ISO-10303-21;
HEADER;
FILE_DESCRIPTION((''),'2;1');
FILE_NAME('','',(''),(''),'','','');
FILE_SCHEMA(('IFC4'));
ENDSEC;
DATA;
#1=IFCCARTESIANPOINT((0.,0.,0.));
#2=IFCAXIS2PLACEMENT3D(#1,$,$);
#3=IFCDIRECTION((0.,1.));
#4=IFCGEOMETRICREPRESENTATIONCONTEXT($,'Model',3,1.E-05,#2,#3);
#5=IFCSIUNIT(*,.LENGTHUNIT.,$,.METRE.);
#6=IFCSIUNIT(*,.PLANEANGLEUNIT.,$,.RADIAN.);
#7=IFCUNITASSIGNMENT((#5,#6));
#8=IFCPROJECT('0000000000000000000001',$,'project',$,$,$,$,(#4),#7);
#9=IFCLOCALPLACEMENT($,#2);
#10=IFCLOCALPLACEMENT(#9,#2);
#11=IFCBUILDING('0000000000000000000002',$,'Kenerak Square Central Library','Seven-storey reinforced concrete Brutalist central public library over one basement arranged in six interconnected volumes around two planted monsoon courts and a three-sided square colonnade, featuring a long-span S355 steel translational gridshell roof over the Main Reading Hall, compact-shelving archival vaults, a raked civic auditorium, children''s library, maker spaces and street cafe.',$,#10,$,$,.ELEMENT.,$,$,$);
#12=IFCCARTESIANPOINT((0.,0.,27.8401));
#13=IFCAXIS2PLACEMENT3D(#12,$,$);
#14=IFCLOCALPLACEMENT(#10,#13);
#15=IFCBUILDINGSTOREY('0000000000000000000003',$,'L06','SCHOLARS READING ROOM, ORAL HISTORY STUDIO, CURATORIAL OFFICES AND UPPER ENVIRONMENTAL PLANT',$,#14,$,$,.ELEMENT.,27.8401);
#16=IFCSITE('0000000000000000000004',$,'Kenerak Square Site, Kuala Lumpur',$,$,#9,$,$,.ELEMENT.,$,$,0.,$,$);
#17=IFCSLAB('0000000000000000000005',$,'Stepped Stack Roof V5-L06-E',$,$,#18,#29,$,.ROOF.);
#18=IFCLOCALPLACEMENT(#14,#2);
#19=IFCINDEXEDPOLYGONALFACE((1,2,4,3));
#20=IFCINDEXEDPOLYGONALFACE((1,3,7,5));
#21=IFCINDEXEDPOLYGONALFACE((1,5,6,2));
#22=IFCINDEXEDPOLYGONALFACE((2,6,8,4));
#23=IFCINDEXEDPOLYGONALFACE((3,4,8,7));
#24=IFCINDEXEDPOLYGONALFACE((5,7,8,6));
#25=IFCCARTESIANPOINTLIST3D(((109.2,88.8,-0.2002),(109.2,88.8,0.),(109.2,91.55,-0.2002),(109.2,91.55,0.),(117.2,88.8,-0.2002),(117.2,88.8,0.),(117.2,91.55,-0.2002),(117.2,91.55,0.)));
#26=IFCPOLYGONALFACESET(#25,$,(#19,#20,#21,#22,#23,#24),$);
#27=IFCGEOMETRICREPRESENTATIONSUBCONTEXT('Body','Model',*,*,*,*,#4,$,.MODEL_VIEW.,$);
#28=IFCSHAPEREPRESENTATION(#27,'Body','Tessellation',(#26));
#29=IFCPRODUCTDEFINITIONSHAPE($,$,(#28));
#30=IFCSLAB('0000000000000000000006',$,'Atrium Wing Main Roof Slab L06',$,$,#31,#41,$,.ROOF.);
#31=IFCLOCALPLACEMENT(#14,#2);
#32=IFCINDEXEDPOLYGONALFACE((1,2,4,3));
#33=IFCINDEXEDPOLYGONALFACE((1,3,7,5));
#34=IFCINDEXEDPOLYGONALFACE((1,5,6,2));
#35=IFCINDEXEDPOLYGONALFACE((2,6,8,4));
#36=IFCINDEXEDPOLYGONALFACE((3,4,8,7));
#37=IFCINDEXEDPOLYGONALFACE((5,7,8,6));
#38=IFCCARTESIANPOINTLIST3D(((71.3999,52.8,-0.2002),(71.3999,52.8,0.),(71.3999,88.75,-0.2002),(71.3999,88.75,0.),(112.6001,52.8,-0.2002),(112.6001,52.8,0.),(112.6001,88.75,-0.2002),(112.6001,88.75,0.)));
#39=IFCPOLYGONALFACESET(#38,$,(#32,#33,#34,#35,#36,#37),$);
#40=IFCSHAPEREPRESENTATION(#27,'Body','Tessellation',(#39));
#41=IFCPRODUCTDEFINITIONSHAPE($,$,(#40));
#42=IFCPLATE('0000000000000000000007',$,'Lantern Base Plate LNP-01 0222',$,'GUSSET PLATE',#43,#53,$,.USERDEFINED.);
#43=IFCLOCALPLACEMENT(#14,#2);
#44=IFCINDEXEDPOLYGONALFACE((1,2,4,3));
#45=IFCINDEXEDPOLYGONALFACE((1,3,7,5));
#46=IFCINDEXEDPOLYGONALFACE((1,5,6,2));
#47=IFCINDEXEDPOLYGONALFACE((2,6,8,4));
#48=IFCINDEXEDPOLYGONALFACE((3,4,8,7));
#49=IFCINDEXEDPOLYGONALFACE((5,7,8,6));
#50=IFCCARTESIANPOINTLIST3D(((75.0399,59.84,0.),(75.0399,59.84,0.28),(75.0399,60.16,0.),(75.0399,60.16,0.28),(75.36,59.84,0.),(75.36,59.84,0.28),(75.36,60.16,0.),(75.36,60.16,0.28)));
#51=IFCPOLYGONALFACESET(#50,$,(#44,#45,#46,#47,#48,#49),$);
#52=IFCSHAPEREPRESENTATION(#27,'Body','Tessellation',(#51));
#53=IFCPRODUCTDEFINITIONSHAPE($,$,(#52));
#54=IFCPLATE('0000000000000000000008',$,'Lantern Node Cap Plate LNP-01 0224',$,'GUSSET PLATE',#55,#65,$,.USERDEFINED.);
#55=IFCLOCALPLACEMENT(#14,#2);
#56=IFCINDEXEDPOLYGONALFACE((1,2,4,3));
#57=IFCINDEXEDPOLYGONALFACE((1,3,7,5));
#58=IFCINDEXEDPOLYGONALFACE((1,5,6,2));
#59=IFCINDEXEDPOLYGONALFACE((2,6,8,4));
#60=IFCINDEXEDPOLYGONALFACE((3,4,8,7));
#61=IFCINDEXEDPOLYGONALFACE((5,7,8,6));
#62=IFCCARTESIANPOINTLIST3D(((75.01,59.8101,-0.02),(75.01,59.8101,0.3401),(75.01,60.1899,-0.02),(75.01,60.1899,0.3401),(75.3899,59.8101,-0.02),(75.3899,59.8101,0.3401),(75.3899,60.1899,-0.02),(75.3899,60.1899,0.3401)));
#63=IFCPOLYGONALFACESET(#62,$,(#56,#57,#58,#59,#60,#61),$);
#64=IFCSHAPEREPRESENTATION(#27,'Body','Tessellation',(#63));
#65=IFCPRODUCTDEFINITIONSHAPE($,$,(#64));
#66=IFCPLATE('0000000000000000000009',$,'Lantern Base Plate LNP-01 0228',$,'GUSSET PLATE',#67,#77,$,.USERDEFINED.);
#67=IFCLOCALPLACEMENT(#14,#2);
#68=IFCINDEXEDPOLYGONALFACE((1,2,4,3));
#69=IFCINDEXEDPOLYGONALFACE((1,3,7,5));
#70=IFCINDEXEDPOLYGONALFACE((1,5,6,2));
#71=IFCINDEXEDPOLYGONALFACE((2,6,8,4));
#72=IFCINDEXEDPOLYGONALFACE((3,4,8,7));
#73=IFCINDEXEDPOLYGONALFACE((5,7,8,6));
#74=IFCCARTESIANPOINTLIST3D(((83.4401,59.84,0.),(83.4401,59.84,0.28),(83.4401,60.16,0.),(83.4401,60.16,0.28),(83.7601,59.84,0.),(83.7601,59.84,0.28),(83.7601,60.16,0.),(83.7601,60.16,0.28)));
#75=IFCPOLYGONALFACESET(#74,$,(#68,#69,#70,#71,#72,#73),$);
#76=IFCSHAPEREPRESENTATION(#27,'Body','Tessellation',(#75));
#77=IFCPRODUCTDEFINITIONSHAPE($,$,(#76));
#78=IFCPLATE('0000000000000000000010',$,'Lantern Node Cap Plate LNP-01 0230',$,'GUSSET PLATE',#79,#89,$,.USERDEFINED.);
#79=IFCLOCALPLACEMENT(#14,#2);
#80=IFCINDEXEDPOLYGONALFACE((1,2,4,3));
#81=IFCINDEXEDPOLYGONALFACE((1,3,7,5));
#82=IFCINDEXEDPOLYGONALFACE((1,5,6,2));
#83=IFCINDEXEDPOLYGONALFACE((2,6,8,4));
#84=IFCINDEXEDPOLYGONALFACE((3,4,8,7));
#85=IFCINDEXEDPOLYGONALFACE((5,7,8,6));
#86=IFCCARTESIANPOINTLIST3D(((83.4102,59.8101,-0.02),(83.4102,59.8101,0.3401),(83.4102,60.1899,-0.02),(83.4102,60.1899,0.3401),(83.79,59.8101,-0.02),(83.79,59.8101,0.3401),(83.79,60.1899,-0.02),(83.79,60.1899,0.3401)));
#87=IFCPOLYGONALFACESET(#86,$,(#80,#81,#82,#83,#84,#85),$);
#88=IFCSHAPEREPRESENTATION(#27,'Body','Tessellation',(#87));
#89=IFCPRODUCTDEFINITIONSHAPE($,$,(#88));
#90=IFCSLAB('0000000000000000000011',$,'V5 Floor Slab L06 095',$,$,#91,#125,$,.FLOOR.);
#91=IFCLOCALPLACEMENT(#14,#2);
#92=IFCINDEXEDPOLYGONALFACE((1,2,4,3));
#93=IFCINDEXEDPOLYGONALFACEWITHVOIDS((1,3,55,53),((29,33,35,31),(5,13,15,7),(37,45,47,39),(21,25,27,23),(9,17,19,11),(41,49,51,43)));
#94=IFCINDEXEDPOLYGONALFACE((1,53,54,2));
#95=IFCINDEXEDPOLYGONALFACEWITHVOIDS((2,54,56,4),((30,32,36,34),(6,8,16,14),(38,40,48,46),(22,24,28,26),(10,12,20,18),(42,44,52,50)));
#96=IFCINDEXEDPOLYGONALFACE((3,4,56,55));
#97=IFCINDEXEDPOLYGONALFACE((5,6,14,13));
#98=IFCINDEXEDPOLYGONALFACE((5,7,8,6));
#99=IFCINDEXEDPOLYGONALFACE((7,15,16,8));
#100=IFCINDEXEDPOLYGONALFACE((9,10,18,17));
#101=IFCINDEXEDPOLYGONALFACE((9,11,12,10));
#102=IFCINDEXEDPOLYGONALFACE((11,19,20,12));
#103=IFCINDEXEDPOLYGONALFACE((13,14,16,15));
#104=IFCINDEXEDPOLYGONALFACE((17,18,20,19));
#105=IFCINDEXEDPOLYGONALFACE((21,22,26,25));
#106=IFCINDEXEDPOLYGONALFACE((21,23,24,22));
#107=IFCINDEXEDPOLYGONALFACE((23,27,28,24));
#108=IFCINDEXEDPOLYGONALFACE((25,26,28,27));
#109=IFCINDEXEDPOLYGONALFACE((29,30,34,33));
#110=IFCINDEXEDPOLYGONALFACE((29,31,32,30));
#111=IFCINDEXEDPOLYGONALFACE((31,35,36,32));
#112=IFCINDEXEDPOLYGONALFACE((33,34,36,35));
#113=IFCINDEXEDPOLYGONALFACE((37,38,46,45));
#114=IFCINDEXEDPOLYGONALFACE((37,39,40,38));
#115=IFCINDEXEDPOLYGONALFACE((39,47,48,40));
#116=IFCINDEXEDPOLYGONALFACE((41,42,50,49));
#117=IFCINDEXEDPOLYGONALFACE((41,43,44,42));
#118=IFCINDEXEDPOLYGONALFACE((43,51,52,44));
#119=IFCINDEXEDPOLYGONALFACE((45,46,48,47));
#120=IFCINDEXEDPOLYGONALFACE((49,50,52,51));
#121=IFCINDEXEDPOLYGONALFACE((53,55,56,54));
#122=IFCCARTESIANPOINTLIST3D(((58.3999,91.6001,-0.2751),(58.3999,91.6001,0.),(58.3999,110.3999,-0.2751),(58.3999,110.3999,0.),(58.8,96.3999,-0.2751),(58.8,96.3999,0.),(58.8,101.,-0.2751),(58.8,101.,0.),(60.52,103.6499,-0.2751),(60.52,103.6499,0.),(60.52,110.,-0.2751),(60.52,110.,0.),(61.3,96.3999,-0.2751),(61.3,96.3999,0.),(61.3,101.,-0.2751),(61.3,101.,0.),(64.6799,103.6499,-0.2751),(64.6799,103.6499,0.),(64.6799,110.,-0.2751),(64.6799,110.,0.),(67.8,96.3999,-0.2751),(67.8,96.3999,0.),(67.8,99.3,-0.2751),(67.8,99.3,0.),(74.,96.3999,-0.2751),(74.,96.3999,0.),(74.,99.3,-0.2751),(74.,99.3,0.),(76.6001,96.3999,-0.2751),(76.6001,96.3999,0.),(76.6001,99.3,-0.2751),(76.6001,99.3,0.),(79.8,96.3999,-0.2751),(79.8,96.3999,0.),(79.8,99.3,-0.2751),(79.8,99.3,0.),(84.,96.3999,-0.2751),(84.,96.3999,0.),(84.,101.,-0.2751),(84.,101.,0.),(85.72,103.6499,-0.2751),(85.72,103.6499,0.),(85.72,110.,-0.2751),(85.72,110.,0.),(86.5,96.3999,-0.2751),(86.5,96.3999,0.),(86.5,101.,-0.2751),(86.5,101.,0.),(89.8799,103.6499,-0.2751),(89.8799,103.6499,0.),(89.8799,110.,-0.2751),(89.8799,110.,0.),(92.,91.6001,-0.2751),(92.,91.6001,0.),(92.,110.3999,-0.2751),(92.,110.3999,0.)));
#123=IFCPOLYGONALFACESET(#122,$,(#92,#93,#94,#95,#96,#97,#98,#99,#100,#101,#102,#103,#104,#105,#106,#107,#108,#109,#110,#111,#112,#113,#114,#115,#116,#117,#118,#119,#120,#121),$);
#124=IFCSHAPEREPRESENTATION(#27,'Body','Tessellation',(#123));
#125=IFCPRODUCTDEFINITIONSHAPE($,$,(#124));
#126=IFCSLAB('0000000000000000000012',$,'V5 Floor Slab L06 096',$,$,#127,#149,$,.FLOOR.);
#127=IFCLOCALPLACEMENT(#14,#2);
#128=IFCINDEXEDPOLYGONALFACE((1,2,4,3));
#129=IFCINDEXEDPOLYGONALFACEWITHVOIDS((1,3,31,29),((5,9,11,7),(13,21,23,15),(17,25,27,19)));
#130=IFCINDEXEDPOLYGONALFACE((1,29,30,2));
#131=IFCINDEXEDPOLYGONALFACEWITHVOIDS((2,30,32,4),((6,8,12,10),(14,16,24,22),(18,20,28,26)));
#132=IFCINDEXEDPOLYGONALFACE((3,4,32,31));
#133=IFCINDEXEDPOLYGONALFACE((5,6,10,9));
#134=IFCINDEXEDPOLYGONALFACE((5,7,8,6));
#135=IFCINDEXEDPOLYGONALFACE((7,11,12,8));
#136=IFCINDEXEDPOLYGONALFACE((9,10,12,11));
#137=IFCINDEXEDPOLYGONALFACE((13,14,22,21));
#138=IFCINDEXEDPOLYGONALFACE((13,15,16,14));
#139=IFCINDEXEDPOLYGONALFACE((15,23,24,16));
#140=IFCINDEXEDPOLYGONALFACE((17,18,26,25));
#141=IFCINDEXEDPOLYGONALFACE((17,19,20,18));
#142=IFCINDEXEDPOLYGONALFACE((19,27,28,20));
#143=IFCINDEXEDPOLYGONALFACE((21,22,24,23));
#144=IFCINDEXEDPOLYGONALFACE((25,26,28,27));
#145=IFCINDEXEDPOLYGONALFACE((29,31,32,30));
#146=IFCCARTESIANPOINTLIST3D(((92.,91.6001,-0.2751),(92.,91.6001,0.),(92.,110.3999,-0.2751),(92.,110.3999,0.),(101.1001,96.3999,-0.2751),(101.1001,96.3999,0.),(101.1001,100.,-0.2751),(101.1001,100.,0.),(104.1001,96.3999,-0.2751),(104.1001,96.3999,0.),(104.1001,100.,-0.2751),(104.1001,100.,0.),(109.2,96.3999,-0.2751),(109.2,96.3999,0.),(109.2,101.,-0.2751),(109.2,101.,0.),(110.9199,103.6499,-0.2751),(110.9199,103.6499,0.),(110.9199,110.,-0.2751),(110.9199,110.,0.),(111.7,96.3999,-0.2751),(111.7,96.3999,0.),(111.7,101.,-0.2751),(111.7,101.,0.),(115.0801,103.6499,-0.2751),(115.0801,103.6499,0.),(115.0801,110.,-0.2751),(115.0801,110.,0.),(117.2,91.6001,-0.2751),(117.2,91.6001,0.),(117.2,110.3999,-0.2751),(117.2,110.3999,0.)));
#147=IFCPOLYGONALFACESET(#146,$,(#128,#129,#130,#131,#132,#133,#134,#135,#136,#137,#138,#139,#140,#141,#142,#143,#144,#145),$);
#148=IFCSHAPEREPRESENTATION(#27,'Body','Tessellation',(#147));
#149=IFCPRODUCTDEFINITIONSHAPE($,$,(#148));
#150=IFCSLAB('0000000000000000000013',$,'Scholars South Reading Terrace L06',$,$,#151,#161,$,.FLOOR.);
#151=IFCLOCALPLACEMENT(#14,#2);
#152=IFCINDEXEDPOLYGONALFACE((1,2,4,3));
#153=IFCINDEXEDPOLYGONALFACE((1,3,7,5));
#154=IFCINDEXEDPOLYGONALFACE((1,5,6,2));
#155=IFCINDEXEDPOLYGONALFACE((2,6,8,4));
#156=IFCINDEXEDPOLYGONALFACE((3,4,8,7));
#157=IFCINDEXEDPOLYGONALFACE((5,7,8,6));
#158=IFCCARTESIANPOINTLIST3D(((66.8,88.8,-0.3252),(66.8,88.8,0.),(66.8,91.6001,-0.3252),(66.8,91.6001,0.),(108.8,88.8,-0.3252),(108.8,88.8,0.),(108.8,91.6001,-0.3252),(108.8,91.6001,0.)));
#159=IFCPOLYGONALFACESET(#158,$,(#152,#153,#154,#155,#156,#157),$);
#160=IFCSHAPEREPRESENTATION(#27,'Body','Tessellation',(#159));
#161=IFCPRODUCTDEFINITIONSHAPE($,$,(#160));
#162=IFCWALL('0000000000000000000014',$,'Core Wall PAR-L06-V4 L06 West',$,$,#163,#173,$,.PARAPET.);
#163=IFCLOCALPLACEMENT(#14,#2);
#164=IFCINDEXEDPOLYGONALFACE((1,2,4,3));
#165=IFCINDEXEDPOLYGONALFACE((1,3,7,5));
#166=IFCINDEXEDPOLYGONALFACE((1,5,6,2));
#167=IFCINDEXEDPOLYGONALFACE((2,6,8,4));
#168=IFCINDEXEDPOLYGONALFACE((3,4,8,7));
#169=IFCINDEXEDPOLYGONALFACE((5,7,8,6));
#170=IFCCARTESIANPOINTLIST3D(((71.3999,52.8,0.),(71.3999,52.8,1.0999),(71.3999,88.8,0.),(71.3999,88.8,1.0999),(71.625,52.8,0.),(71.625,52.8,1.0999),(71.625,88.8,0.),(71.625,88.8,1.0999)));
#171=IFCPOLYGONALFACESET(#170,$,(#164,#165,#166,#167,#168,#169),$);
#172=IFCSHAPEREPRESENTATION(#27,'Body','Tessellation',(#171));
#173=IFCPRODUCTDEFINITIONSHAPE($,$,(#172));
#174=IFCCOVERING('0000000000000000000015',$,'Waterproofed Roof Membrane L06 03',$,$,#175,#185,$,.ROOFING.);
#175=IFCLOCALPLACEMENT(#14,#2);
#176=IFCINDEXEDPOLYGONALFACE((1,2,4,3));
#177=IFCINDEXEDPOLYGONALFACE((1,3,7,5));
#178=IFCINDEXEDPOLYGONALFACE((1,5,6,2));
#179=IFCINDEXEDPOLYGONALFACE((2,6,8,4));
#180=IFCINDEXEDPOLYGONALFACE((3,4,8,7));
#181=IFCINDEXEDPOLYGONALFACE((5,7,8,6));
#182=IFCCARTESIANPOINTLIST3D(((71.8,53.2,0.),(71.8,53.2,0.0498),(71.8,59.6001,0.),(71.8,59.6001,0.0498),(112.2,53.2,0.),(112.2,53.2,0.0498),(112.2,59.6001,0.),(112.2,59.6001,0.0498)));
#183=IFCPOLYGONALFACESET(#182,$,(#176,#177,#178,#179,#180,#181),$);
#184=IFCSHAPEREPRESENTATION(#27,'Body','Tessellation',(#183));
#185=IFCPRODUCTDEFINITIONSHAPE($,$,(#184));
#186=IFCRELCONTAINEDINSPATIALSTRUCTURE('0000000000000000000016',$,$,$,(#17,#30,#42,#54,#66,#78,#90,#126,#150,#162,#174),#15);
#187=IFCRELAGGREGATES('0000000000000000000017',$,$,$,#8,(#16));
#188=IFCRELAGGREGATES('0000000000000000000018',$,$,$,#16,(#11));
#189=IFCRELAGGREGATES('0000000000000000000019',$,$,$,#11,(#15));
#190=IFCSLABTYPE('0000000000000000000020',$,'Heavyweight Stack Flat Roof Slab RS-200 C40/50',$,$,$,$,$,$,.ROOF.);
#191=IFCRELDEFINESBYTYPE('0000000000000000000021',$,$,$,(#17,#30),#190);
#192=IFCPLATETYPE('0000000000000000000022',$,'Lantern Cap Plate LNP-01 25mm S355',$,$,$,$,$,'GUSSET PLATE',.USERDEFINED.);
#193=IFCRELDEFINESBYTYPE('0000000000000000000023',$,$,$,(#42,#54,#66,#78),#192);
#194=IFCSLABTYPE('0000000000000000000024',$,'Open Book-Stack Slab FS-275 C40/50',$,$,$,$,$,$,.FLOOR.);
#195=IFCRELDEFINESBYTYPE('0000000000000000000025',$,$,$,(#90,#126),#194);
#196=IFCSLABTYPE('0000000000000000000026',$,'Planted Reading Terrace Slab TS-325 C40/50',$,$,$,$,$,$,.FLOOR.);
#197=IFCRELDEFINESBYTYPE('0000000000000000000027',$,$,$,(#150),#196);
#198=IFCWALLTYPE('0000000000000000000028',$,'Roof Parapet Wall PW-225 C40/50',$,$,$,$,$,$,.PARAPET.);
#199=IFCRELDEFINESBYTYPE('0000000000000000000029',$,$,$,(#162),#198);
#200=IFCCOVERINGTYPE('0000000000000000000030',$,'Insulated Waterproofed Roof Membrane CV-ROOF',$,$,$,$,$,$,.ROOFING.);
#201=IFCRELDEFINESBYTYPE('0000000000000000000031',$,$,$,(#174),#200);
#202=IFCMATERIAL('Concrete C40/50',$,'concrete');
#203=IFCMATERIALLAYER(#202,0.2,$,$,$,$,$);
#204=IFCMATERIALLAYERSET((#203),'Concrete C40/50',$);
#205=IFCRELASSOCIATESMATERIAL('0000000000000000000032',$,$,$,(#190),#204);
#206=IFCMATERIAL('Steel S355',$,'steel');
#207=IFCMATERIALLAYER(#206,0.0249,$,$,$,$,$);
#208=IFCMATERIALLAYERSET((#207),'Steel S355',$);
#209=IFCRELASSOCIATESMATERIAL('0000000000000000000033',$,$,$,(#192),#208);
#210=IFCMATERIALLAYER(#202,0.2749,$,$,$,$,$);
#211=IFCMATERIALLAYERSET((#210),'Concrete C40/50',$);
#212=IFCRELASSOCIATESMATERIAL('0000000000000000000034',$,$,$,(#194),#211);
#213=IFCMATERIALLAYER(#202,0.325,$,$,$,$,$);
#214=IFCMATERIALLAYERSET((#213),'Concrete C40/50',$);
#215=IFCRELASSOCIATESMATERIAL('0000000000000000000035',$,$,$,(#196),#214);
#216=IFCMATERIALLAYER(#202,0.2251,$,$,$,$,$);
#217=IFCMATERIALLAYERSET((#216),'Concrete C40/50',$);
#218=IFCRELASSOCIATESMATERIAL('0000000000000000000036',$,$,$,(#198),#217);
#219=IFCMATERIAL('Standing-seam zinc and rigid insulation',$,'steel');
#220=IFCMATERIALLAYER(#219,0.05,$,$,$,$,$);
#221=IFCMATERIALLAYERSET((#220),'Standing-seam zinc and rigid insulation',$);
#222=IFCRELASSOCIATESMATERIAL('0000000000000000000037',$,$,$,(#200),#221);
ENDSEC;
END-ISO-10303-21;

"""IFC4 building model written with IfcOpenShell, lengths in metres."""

from ifc_helpers import new_model, si_unit, direction, frame, frame_2d, origin, origin_2d, place, context, subcontext, project, spatial, polyline, rectangle, outline, extrude, material, layer, layer_set, type_object, element, save


model = new_model("IFC4")

# Units and contexts
model_context = context("Model", 3, precision=1e-05, world=origin(), true_north=direction((0.0, 1.0)))
body_context = subcontext(model_context, "Body", "Model", "MODEL_VIEW")
ifc_project = project(units=[si_unit("LENGTHUNIT", "METRE"), si_unit("PLANEANGLEUNIT", "RADIAN")], contexts=[model_context])

# Site, building, storey
site_placement = place(None, origin())
site = spatial("IfcSite", under=ifc_project, at=site_placement, Name="Kenerak Square Site, Kuala Lumpur", CompositionType="ELEMENT", RefElevation=0.0)
building_placement = place(site_placement, origin())
building = spatial("IfcBuilding", under=site, at=building_placement, Name="Kenerak Square Central Library", Description="Seven-storey reinforced concrete Brutalist central public library over one basement arranged in six interconnected volumes around two planted monsoon courts and a three-sided square colonnade, featuring a long-span S355 steel translational gridshell roof over the Main Reading Hall, compact-shelving archival vaults, a raked civic auditorium, children's library, maker spaces and street cafe.", CompositionType="ELEMENT")
storey_placement = place(building_placement, frame((0.0, 0.0, 27.8401)))
storey = spatial("IfcBuildingStorey", under=building, at=storey_placement, Name="L06", Description="SCHOLARS READING ROOM, ORAL HISTORY STUDIO, CURATORIAL OFFICES AND UPPER ENVIRONMENTAL PLANT", CompositionType="ELEMENT", Elevation=27.8401)

# Shared definitions
ifc_material_1 = material(Name="Steel S355", Category="steel")

# Slabs
ifc_material_2 = material(Name="Concrete C40/50", Category="concrete")
ifc_layer_1 = layer(ifc_material_2, 0.2)
ifc_layer_set_1 = layer_set([ifc_layer_1], Name="Concrete C40/50")
slab_type_1 = type_object("IfcSlabType", Name="Heavyweight Stack Flat Roof Slab RS-200 C40/50", PredefinedType="ROOF", material=ifc_layer_set_1)
slab_1_placement = place(storey_placement, frame((0.0, 0.0, -0.2002)))
element("IfcSlab", 1, at=slab_1_placement, inside=storey, type_object=slab_type_1, Name="Stepped Stack Roof V5-L06-E", PredefinedType="ROOF", context=body_context, shape_type="SweptSolid", body=[
    extrude(outline(polyline([(109.2, 88.8), (117.2, 88.8), (117.2, 91.55), (109.2, 91.55), (109.2, 88.8)])), origin(), (0.0, 0.0, 1.0), 0.2002),
])
slab_2_placement = place(storey_placement, frame((0.0, 0.0, -0.2002)))
element("IfcSlab", 2, at=slab_2_placement, inside=storey, type_object=slab_type_1, Name="Atrium Wing Main Roof Slab L06", PredefinedType="ROOF", context=body_context, shape_type="SweptSolid", body=[
    extrude(outline(polyline([(71.3999, 52.8), (71.3999, 88.75), (112.6001, 88.75), (112.6001, 52.8), (71.3999, 52.8)])), origin(), (0.0, 0.0, 1.0), 0.2002),
])

# Plates
ifc_layer_2 = layer(ifc_material_1, 0.0249)
ifc_layer_set_2 = layer_set([ifc_layer_2], Name="Steel S355")
plate_type = type_object("IfcPlateType", Name="Lantern Cap Plate LNP-01 25mm S355", ElementType="GUSSET PLATE", PredefinedType="USERDEFINED", material=ifc_layer_set_2)
plate_1_placement = place(storey_placement, frame((75.2, 60.0, 0.0), z_axis=(0.0, 0.0, 1.0), x_axis=(1.0, 0.0, 0.0)))
element("IfcPlate", 3, at=plate_1_placement, inside=storey, type_object=plate_type, Name="Lantern Base Plate LNP-01 0222", ObjectType="GUSSET PLATE", PredefinedType="USERDEFINED", context=body_context, shape_type="SweptSolid", body=[
    extrude(rectangle(XDim=0.3201, YDim=0.3201, at=origin_2d()), origin(), (0.0, 0.0, 1.0), 0.28),
])
plate_2_placement = place(storey_placement, frame((75.2, 60.0, -0.02), z_axis=(0.0, 0.0, 1.0), x_axis=(1.0, 0.0, 0.0)))
element("IfcPlate", 4, at=plate_2_placement, inside=storey, type_object=plate_type, Name="Lantern Node Cap Plate LNP-01 0224", ObjectType="GUSSET PLATE", PredefinedType="USERDEFINED", context=body_context, shape_type="SweptSolid", body=[
    extrude(rectangle(XDim=0.3799, YDim=0.3799, at=origin_2d()), origin(), (0.0, 0.0, 1.0), 0.3601),
])
plate_3_placement = place(storey_placement, frame((83.6001, 60.0, 0.0), z_axis=(0.0, 0.0, 1.0), x_axis=(1.0, 0.0, 0.0)))
element("IfcPlate", 5, at=plate_3_placement, inside=storey, type_object=plate_type, Name="Lantern Base Plate LNP-01 0228", ObjectType="GUSSET PLATE", PredefinedType="USERDEFINED", context=body_context, shape_type="SweptSolid", body=[
    extrude(rectangle(XDim=0.3201, YDim=0.3201, at=origin_2d()), origin(), (0.0, 0.0, 1.0), 0.28),
])
plate_4_placement = place(storey_placement, frame((83.6001, 60.0, -0.02), z_axis=(0.0, 0.0, 1.0), x_axis=(1.0, 0.0, 0.0)))
element("IfcPlate", 6, at=plate_4_placement, inside=storey, type_object=plate_type, Name="Lantern Node Cap Plate LNP-01 0230", ObjectType="GUSSET PLATE", PredefinedType="USERDEFINED", context=body_context, shape_type="SweptSolid", body=[
    extrude(rectangle(XDim=0.3799, YDim=0.3799, at=origin_2d()), origin(), (0.0, 0.0, 1.0), 0.3601),
])

# Slabs
ifc_layer_3 = layer(ifc_material_2, 0.2749)
ifc_layer_set_3 = layer_set([ifc_layer_3], Name="Concrete C40/50")
slab_type_2 = type_object("IfcSlabType", Name="Open Book-Stack Slab FS-275 C40/50", PredefinedType="FLOOR", material=ifc_layer_set_3)
slab_3_placement = place(storey_placement, frame((0.0, 0.0, -0.2751)))
element("IfcSlab", 7, at=slab_3_placement, inside=storey, type_object=slab_type_2, Name="V5 Floor Slab L06 095", PredefinedType="FLOOR", context=body_context, shape_type="SweptSolid", body=[
    extrude(outline(polyline([(92.0, 91.6001), (92.0, 110.3999), (58.3999, 110.3999), (58.3999, 91.6001), (92.0, 91.6001)]), holes=[polyline([(64.6799, 103.6499), (64.6799, 110.0), (60.52, 110.0), (60.52, 103.6499), (64.6799, 103.6499)]), polyline([(89.8799, 103.6499), (89.8799, 110.0), (85.72, 110.0), (85.72, 103.6499), (89.8799, 103.6499)]), polyline([(67.8, 96.3999), (74.0, 96.3999), (74.0, 99.3), (67.8, 99.3), (67.8, 96.3999)]), polyline([(76.6001, 96.3999), (79.8, 96.3999), (79.8, 99.3), (76.6001, 99.3), (76.6001, 96.3999)]), polyline([(58.8, 96.3999), (61.3, 96.3999), (61.3, 101.0), (58.8, 101.0), (58.8, 96.3999)]), polyline([(84.0, 96.3999), (86.5, 96.3999), (86.5, 101.0), (84.0, 101.0), (84.0, 96.3999)])]), origin(), (0.0, 0.0, 1.0), 0.2751),
])
slab_4_placement = place(storey_placement, frame((0.0, 0.0, -0.2751)))
element("IfcSlab", 8, at=slab_4_placement, inside=storey, type_object=slab_type_2, Name="V5 Floor Slab L06 096", PredefinedType="FLOOR", context=body_context, shape_type="SweptSolid", body=[
    extrude(outline(polyline([(117.2, 91.6001), (117.2, 110.3999), (92.0, 110.3999), (92.0, 91.6001), (117.2, 91.6001)]), holes=[polyline([(115.0801, 103.6499), (115.0801, 110.0), (110.9199, 110.0), (110.9199, 103.6499), (115.0801, 103.6499)]), polyline([(109.2, 96.3999), (111.7, 96.3999), (111.7, 101.0), (109.2, 101.0), (109.2, 96.3999)]), polyline([(101.1001, 96.3999), (104.1001, 96.3999), (104.1001, 100.0), (101.1001, 100.0), (101.1001, 96.3999)])]), origin(), (0.0, 0.0, 1.0), 0.2751),
])
ifc_layer_4 = layer(ifc_material_2, 0.325)
ifc_layer_set_4 = layer_set([ifc_layer_4], Name="Concrete C40/50")
slab_type_3 = type_object("IfcSlabType", Name="Planted Reading Terrace Slab TS-325 C40/50", PredefinedType="FLOOR", material=ifc_layer_set_4)
slab_5_placement = place(storey_placement, frame((0.0, 0.0, -0.3252)))
element("IfcSlab", 9, at=slab_5_placement, inside=storey, type_object=slab_type_3, Name="Scholars South Reading Terrace L06", PredefinedType="FLOOR", context=body_context, shape_type="SweptSolid", body=[
    extrude(outline(polyline([(66.8, 88.8), (108.8, 88.8), (108.8, 91.6001), (66.8, 91.6001), (66.8, 88.8)])), origin(), (0.0, 0.0, 1.0), 0.3252),
])

# Wall
ifc_layer_5 = layer(ifc_material_2, 0.2251)
ifc_layer_set_5 = layer_set([ifc_layer_5], Name="Concrete C40/50")
wall_type = type_object("IfcWallType", Name="Roof Parapet Wall PW-225 C40/50", PredefinedType="PARAPET", material=ifc_layer_set_5)
wall_placement = place(storey_placement, frame((71.5125, 52.8, 0.0), z_axis=(0.0, 0.0, 1.0), x_axis=(0.0, 1.0, 0.0)))
element("IfcWall", 10, at=wall_placement, inside=storey, type_object=wall_type, Name="Core Wall PAR-L06-V4 L06 West", PredefinedType="PARAPET", context=body_context, shape_type="SweptSolid", body=[
    extrude(rectangle(XDim=36.0, YDim=0.2251, at=frame_2d((18.0, 0.0))), origin(), (0.0, 0.0, 1.0), 1.0999),
])

# Covering
ifc_material_3 = material(Name="Standing-seam zinc and rigid insulation", Category="steel")
ifc_layer_6 = layer(ifc_material_3, 0.05)
ifc_layer_set_6 = layer_set([ifc_layer_6], Name="Standing-seam zinc and rigid insulation")
covering_type = type_object("IfcCoveringType", Name="Insulated Waterproofed Roof Membrane CV-ROOF", PredefinedType="ROOFING", material=ifc_layer_set_6)
covering_1_placement = place(storey_placement, origin())
element("IfcCovering", 11, at=covering_1_placement, inside=storey, type_object=covering_type, Name="Waterproofed Roof Membrane L06 03", PredefinedType="ROOFING", context=body_context, shape_type="SweptSolid", body=[
    extrude(outline(polyline([(71.8, 53.2), (112.2, 53.2), (112.2, 59.6001), (71.8, 59.6001), (71.8, 53.2)])), origin(), (0.0, 0.0, 1.0), 0.0498),
])

save(model, "model.ifc")
